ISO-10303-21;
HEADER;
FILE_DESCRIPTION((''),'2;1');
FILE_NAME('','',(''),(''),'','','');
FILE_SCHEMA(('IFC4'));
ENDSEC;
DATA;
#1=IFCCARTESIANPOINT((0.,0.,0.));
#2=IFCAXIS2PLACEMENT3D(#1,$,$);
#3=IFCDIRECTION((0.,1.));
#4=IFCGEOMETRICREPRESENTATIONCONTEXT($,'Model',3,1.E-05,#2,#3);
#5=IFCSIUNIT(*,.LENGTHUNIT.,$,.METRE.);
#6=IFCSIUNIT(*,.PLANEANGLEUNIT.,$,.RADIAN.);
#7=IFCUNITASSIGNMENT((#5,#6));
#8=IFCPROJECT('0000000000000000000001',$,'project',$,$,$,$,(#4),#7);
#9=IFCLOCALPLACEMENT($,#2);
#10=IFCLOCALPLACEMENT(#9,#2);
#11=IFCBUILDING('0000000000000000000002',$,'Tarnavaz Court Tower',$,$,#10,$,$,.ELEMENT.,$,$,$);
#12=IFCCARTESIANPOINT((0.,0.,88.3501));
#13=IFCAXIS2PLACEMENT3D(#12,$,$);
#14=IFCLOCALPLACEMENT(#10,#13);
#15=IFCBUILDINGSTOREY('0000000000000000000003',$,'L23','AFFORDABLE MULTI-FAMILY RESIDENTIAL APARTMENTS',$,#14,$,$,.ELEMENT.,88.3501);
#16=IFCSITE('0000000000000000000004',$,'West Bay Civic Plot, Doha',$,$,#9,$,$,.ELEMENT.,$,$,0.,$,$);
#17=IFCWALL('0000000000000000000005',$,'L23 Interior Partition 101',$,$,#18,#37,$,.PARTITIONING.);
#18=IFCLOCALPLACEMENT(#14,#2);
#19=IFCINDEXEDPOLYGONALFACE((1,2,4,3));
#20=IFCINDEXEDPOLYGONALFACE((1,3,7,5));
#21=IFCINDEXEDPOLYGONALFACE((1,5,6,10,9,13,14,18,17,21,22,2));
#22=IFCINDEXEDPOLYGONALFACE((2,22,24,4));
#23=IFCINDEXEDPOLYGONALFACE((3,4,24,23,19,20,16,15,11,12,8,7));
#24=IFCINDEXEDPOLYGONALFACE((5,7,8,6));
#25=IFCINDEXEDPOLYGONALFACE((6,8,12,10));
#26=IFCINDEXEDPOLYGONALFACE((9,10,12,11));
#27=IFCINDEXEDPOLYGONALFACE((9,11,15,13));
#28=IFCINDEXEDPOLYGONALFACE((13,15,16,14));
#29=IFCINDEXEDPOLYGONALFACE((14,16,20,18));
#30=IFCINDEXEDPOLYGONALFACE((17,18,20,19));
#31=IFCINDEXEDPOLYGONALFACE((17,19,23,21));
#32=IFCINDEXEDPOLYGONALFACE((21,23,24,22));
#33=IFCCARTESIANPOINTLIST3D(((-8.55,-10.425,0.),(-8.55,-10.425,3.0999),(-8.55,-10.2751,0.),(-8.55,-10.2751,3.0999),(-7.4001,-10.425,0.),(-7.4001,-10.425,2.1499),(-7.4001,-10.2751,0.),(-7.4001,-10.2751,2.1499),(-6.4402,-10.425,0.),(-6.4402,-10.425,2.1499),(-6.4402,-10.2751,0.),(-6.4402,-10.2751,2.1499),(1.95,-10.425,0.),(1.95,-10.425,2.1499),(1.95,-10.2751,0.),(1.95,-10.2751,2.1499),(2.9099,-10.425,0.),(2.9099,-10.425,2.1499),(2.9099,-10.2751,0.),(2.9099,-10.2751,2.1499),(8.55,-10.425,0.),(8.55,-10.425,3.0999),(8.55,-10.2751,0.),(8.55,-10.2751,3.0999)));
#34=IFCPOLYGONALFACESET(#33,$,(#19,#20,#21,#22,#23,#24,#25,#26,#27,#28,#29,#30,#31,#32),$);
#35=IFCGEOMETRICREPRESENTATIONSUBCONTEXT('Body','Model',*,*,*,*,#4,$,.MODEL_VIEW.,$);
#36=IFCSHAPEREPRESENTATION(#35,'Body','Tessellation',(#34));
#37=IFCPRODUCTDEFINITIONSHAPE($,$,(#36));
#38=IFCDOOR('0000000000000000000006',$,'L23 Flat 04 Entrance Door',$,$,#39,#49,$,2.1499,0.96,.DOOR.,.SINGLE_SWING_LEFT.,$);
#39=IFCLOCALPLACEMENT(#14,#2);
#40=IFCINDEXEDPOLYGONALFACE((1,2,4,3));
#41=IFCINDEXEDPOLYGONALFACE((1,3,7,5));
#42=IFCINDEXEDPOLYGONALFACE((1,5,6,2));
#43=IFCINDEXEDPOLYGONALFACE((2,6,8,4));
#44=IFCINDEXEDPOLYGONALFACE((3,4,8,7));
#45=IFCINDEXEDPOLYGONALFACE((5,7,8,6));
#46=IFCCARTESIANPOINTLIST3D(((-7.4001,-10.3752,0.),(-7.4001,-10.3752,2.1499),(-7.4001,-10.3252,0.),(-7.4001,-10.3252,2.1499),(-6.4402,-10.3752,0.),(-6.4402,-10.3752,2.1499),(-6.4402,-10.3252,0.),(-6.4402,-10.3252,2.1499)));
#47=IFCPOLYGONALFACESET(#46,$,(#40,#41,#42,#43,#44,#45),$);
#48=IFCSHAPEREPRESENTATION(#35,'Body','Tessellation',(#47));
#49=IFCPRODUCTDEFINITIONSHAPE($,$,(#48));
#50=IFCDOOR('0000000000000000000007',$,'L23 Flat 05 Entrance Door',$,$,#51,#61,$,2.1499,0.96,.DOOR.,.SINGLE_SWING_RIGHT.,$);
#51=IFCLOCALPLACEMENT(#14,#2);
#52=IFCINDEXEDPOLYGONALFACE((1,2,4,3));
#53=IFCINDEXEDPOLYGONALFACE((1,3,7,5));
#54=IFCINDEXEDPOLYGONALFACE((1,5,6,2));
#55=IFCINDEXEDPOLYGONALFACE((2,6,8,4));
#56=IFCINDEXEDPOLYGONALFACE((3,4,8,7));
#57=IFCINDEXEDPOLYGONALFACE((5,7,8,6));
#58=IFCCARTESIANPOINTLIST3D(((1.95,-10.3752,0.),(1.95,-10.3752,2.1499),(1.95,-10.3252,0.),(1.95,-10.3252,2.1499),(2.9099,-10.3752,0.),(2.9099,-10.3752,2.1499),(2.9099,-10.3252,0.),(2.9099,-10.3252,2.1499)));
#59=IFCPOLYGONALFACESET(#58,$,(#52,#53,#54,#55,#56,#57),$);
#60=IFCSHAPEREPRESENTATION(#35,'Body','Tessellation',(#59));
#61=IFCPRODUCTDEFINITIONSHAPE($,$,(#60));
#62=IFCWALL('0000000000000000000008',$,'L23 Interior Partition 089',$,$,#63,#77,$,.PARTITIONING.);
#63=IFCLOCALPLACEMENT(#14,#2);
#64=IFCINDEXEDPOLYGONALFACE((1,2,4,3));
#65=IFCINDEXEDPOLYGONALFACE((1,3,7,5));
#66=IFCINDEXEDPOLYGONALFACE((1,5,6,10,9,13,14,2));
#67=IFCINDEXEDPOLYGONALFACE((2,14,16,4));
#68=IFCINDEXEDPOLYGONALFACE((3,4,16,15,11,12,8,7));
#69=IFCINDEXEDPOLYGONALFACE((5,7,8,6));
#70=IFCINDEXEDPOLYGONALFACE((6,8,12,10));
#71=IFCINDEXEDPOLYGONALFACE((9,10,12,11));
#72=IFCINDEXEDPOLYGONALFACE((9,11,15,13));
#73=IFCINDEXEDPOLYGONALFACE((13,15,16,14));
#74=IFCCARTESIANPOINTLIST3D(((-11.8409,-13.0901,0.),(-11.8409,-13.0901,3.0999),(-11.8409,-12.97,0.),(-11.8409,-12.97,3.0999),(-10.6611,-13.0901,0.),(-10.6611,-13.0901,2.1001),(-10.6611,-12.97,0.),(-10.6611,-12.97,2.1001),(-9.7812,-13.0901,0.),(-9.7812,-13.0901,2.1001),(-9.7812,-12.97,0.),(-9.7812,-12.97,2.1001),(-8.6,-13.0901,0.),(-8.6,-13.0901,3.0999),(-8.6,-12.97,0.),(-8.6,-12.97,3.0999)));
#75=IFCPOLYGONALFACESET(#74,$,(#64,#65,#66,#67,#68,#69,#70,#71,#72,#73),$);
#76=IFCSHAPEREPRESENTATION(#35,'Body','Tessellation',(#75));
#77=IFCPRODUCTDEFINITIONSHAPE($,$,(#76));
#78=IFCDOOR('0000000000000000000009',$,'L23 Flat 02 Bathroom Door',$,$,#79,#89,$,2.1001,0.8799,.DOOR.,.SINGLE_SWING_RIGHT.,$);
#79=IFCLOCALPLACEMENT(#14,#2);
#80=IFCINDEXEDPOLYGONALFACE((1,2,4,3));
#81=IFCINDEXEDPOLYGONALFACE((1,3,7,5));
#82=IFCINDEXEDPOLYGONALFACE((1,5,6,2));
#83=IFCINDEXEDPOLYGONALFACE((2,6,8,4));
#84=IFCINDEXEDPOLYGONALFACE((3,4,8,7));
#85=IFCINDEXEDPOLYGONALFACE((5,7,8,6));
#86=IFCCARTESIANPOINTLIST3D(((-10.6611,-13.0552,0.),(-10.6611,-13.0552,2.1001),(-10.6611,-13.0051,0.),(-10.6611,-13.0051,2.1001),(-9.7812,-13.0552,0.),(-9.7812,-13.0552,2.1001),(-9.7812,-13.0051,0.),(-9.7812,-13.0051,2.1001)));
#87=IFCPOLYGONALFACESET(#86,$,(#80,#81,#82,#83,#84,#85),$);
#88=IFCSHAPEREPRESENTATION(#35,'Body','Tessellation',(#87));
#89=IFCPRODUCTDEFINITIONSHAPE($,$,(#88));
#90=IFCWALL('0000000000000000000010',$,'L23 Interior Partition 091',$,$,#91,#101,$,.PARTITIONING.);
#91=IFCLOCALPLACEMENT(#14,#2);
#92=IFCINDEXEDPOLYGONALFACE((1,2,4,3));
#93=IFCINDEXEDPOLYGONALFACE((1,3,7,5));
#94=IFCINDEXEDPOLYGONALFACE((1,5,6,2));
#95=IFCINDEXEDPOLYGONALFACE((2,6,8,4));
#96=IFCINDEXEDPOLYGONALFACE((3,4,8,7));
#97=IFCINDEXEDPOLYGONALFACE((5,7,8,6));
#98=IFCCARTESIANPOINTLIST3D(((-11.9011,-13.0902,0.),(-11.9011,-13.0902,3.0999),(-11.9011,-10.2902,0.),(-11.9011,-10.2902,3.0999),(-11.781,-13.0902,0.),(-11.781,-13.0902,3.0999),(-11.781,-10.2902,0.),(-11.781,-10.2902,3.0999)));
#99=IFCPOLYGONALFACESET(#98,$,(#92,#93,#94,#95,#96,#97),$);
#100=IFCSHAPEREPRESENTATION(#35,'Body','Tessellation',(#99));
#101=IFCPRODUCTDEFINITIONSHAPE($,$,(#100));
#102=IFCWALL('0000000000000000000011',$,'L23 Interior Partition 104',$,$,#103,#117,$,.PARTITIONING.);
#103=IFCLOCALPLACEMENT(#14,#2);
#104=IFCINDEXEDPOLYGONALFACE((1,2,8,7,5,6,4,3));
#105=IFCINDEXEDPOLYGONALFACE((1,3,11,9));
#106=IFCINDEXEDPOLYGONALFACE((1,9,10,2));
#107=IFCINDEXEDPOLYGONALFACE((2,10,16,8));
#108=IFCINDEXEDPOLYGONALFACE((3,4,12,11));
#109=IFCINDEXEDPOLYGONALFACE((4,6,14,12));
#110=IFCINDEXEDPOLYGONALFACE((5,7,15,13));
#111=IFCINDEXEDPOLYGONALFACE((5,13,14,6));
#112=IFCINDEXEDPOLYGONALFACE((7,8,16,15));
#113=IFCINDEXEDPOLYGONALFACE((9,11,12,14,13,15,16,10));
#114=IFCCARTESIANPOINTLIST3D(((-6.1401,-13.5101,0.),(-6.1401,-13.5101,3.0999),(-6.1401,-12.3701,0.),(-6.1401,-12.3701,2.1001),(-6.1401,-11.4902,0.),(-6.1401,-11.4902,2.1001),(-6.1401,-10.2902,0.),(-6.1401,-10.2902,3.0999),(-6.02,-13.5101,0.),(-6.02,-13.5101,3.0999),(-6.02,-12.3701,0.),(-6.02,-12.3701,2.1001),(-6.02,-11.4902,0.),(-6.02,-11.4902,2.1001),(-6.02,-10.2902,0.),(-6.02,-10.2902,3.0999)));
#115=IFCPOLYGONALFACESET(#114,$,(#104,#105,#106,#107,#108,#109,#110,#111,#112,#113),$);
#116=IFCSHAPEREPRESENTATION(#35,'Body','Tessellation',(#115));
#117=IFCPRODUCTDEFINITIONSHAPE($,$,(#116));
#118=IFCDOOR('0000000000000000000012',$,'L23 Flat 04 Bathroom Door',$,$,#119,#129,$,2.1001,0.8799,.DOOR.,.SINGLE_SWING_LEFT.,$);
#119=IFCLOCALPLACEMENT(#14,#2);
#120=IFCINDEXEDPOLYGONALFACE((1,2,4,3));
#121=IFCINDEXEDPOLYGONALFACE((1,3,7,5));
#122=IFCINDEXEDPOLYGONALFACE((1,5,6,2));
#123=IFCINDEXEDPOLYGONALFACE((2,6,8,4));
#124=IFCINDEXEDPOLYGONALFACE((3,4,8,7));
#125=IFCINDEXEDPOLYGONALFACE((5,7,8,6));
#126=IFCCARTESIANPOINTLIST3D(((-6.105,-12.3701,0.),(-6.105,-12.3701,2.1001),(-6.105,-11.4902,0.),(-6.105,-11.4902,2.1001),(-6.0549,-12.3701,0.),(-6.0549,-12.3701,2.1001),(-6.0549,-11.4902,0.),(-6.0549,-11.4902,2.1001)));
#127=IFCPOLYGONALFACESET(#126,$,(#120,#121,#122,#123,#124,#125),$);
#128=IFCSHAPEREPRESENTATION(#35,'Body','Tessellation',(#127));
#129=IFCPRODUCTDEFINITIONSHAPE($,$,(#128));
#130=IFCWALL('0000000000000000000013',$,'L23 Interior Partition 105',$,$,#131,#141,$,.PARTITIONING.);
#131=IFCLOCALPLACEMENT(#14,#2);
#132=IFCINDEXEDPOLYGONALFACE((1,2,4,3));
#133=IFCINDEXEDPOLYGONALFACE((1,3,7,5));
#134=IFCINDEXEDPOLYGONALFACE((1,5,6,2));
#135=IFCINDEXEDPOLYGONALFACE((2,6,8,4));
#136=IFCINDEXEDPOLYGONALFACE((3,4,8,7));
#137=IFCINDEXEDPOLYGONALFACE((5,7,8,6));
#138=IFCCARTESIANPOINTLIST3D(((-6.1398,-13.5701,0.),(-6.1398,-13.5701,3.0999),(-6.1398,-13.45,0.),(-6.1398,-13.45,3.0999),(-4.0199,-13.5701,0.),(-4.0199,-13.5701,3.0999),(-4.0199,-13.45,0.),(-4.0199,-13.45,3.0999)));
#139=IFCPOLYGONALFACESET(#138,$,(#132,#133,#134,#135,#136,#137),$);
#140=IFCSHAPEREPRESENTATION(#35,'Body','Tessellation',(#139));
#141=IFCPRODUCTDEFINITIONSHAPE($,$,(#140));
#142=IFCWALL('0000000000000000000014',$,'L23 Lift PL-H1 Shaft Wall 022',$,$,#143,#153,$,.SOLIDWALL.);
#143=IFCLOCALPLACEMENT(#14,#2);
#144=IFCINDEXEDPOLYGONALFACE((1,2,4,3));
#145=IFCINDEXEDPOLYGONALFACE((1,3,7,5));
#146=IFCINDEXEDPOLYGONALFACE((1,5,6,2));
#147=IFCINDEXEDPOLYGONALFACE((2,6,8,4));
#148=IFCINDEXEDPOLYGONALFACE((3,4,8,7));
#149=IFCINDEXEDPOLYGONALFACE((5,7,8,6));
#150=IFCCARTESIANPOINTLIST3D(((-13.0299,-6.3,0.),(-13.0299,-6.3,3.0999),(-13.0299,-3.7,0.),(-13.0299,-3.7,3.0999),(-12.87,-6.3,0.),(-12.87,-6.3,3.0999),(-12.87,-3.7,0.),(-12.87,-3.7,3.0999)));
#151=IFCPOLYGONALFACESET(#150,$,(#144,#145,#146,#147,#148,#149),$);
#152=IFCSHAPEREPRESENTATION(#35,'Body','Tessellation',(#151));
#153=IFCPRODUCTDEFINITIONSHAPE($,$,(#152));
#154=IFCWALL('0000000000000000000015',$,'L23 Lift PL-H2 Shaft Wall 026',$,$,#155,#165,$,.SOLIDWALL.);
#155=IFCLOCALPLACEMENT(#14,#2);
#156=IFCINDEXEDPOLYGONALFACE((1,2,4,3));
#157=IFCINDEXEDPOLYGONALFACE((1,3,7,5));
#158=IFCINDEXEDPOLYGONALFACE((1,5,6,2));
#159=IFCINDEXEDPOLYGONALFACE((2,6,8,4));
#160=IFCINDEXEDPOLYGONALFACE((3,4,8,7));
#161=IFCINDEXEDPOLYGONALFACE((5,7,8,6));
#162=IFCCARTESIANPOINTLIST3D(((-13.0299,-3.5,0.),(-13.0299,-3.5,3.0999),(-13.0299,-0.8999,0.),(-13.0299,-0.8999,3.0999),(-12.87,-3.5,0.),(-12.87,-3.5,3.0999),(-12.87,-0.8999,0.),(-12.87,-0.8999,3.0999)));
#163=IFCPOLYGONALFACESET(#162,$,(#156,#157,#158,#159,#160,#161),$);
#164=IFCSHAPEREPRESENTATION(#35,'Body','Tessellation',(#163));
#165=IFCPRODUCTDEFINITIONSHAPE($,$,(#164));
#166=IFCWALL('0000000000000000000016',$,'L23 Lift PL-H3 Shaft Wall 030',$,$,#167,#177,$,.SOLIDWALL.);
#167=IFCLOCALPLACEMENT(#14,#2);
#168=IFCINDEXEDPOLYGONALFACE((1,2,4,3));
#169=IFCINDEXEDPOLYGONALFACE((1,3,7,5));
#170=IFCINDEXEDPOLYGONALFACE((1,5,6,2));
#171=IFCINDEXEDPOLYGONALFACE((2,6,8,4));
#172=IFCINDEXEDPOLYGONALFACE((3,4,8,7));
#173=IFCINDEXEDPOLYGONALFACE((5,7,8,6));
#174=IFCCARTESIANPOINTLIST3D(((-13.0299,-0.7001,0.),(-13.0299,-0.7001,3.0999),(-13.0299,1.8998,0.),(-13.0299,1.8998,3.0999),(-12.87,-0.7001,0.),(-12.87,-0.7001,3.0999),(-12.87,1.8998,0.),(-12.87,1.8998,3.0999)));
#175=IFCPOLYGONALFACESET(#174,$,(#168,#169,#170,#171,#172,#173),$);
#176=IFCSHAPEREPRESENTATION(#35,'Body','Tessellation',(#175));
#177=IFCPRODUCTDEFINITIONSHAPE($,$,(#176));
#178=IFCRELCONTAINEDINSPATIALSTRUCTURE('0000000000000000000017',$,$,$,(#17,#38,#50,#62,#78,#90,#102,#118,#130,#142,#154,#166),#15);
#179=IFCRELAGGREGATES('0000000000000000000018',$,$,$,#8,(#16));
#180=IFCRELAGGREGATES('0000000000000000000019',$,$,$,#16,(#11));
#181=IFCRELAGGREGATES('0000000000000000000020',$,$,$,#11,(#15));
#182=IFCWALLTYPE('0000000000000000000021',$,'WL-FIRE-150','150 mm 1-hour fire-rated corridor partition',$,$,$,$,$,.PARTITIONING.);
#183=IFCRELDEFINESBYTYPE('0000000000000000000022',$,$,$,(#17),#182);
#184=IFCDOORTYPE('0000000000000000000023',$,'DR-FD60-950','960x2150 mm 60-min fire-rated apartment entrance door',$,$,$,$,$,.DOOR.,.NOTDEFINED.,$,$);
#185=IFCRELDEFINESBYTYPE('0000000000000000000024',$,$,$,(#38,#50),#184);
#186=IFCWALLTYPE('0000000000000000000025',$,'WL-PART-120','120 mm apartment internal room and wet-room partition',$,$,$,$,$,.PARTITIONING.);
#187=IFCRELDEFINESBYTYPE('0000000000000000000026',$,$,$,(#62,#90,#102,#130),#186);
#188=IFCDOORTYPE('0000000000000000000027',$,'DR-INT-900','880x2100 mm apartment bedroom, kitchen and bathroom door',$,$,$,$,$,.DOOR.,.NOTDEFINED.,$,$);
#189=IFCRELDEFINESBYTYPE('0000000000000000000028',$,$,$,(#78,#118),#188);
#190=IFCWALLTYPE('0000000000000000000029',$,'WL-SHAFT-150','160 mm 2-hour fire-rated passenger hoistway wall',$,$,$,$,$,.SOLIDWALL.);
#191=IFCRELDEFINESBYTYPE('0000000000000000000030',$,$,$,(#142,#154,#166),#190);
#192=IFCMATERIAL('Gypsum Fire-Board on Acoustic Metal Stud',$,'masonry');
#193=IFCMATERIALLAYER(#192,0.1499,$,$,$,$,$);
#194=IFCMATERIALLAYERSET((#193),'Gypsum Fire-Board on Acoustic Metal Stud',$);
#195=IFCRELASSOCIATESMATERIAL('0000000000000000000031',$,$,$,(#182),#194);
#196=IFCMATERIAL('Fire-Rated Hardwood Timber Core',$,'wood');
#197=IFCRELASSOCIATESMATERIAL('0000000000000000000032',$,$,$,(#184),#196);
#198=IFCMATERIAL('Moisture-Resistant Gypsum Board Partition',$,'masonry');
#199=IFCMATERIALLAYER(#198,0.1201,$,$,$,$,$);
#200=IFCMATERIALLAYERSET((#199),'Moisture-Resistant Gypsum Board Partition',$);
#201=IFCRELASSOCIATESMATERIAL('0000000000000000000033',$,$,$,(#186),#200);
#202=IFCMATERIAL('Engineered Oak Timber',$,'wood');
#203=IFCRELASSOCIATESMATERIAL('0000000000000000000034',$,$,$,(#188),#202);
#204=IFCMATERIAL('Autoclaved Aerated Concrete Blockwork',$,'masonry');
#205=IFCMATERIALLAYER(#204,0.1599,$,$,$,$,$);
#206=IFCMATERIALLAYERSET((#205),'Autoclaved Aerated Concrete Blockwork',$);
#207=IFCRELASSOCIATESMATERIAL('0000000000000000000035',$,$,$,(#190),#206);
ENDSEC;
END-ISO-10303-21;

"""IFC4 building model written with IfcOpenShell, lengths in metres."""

from ifc_helpers import new_model, si_unit, direction, frame, frame_2d, origin, place, context, subcontext, project, spatial, rectangle, extrude, material, layer, layer_set, type_object, element, fill, save


model = new_model("IFC4")

# Units and contexts
model_context = context("Model", 3, precision=1e-05, world=origin(), true_north=direction((0.0, 1.0)))
body_context = subcontext(model_context, "Body", "Model", "MODEL_VIEW")
ifc_project = project(units=[si_unit("LENGTHUNIT", "METRE"), si_unit("PLANEANGLEUNIT", "RADIAN")], contexts=[model_context])

# Site, building, storey
site_placement = place(None, origin())
site = spatial("IfcSite", under=ifc_project, at=site_placement, Name="West Bay Civic Plot, Doha", CompositionType="ELEMENT", RefElevation=0.0)
building_placement = place(site_placement, origin())
building = spatial("IfcBuilding", under=site, at=building_placement, Name="Tarnavaz Court Tower", CompositionType="ELEMENT")
storey_placement = place(building_placement, frame((0.0, 0.0, 88.3501)))
storey = spatial("IfcBuildingStorey", under=building, at=storey_placement, Name="L23", Description="AFFORDABLE MULTI-FAMILY RESIDENTIAL APARTMENTS", CompositionType="ELEMENT", Elevation=88.3501)

# Wall, openings, doors
ifc_material_1 = material(Name="Gypsum Fire-Board on Acoustic Metal Stud", Category="masonry")
ifc_layer_1 = layer(ifc_material_1, 0.1499)
ifc_layer_set_1 = layer_set([ifc_layer_1], Name="Gypsum Fire-Board on Acoustic Metal Stud")
wall_type_1 = type_object("IfcWallType", Name="WL-FIRE-150", Description="150 mm 1-hour fire-rated corridor partition", PredefinedType="PARTITIONING", material=ifc_layer_set_1)
wall_1_placement = place(storey_placement, frame((-8.55, -10.3501, 0.0), z_axis=(0.0, 0.0, 1.0), x_axis=(1.0, 0.0, 0.0)))
wall_1 = element("IfcWall", 1, at=wall_1_placement, inside=storey, type_object=wall_type_1, Name="L23 Interior Partition 101", PredefinedType="PARTITIONING", context=body_context, shape_type="SweptSolid", body=[
    extrude(rectangle(XDim=17.1001, YDim=0.1499, at=frame_2d((8.55, 0.0))), origin(), (0.0, 0.0, 1.0), 3.0999),
])
opening_1_placement = place(wall_1_placement, frame((1.1499, 0.0, 0.0)))
opening_1 = element("IfcOpeningElement", 2, at=opening_1_placement, cuts=wall_1, PredefinedType="OPENING", context=body_context, shape_type="SweptSolid", body=[
    extrude(rectangle(XDim=0.96, YDim=2.1499, at=frame_2d((0.48, 1.075))), frame((0.0, 0.085, 0.0), z_axis=(0.0, -1.0, 0.0), x_axis=(1.0, 0.0, 0.0)), (0.0, 0.0, 1.0), 0.1699),
])
opening_2_placement = place(wall_1_placement, frame((10.5, 0.0, 0.0)))
opening_2 = element("IfcOpeningElement", 3, at=opening_2_placement, cuts=wall_1, PredefinedType="OPENING", context=body_context, shape_type="SweptSolid", body=[
    extrude(rectangle(XDim=0.96, YDim=2.1499, at=frame_2d((0.48, 1.075))), frame((0.0, 0.085, 0.0), z_axis=(0.0, -1.0, 0.0), x_axis=(1.0, 0.0, 0.0)), (0.0, 0.0, 1.0), 0.1699),
])
ifc_material_2 = material(Name="Fire-Rated Hardwood Timber Core", Category="wood")
door_type_1 = type_object("IfcDoorType", Name="DR-FD60-950", Description="960x2150 mm 60-min fire-rated apartment entrance door", OperationType="NOTDEFINED", PredefinedType="DOOR", material=ifc_material_2)
door_1_placement = place(opening_1_placement, origin())
door_1 = element("IfcDoor", 4, at=door_1_placement, inside=storey, type_object=door_type_1, Name="L23 Flat 04 Entrance Door", OperationType="SINGLE_SWING_LEFT", OverallHeight=2.1499, OverallWidth=0.96, PredefinedType="DOOR", context=body_context, shape_type="SweptSolid", body=[
    extrude(rectangle(XDim=0.96, YDim=2.1499, at=frame_2d((0.48, 1.075))), frame((0.0, 0.0249, 0.0), z_axis=(0.0, -1.0, 0.0), x_axis=(1.0, 0.0, 0.0)), (0.0, 0.0, 1.0), 0.05),
])
fill(opening_1, door_1)
door_2_placement = place(opening_2_placement, origin())
door_2 = element("IfcDoor", 5, at=door_2_placement, inside=storey, type_object=door_type_1, Name="L23 Flat 05 Entrance Door", OperationType="SINGLE_SWING_RIGHT", OverallHeight=2.1499, OverallWidth=0.96, PredefinedType="DOOR", context=body_context, shape_type="SweptSolid", body=[
    extrude(rectangle(XDim=0.96, YDim=2.1499, at=frame_2d((0.48, 1.075))), frame((0.0, 0.0249, 0.0), z_axis=(0.0, -1.0, 0.0), x_axis=(1.0, 0.0, 0.0)), (0.0, 0.0, 1.0), 0.05),
])
fill(opening_2, door_2)

# Wall, opening, door
ifc_material_3 = material(Name="Moisture-Resistant Gypsum Board Partition", Category="masonry")
ifc_layer_2 = layer(ifc_material_3, 0.1201)
ifc_layer_set_2 = layer_set([ifc_layer_2], Name="Moisture-Resistant Gypsum Board Partition")
wall_type_2 = type_object("IfcWallType", Name="WL-PART-120", Description="120 mm apartment internal room and wet-room partition", PredefinedType="PARTITIONING", material=ifc_layer_set_2)
wall_2_placement = place(storey_placement, frame((-11.8411, -13.03, 0.0), z_axis=(0.0, 0.0, 1.0), x_axis=(1.0, 0.0, 0.0)))
wall_2 = element("IfcWall", 6, at=wall_2_placement, inside=storey, type_object=wall_type_2, Name="L23 Interior Partition 089", PredefinedType="PARTITIONING", context=body_context, shape_type="SweptSolid", body=[
    extrude(rectangle(XDim=3.241, YDim=0.1201, at=frame_2d((1.6206, 0.0))), origin(), (0.0, 0.0, 1.0), 3.0999),
])
opening_3_placement = place(wall_2_placement, frame((1.1799, 0.0, 0.0)))
opening_3 = element("IfcOpeningElement", 7, at=opening_3_placement, cuts=wall_2, PredefinedType="OPENING", context=body_context, shape_type="SweptSolid", body=[
    extrude(rectangle(XDim=0.8799, YDim=2.1001, at=frame_2d((0.4399, 1.05))), frame((0.0, 0.0701, 0.0), z_axis=(0.0, -1.0, 0.0), x_axis=(1.0, 0.0, 0.0)), (0.0, 0.0, 1.0), 0.1401),
])
ifc_material_4 = material(Name="Engineered Oak Timber", Category="wood")
door_type_2 = type_object("IfcDoorType", Name="DR-INT-900", Description="880x2100 mm apartment bedroom, kitchen and bathroom door", OperationType="NOTDEFINED", PredefinedType="DOOR", material=ifc_material_4)
door_3_placement = place(opening_3_placement, origin())
door_3 = element("IfcDoor", 8, at=door_3_placement, inside=storey, type_object=door_type_2, Name="L23 Flat 02 Bathroom Door", OperationType="SINGLE_SWING_RIGHT", OverallHeight=2.1001, OverallWidth=0.8799, PredefinedType="DOOR", context=body_context, shape_type="SweptSolid", body=[
    extrude(rectangle(XDim=0.8799, YDim=2.1001, at=frame_2d((0.4399, 1.05))), frame((0.0, 0.0249, 0.0), z_axis=(0.0, -1.0, 0.0), x_axis=(1.0, 0.0, 0.0)), (0.0, 0.0, 1.0), 0.05),
])
fill(opening_3, door_3)

# Wall
wall_3_placement = place(storey_placement, frame((-11.8411, -13.0901, 0.0), z_axis=(0.0, 0.0, 1.0), x_axis=(0.0, 1.0, 0.0)))
element("IfcWall", 9, at=wall_3_placement, inside=storey, type_object=wall_type_2, Name="L23 Interior Partition 091", PredefinedType="PARTITIONING", context=body_context, shape_type="SweptSolid", body=[
    extrude(rectangle(XDim=2.8, YDim=0.1201, at=frame_2d((1.3999, 0.0))), origin(), (0.0, 0.0, 1.0), 3.0999),
])

# Wall, opening, door
wall_4_placement = place(storey_placement, frame((-6.0801, -13.51, 0.0), z_axis=(0.0, 0.0, 1.0), x_axis=(0.0, 1.0, 0.0)))
wall_4 = element("IfcWall", 10, at=wall_4_placement, inside=storey, type_object=wall_type_2, Name="L23 Interior Partition 104", PredefinedType="PARTITIONING", context=body_context, shape_type="SweptSolid", body=[
    extrude(rectangle(XDim=3.22, YDim=0.1201, at=frame_2d((1.6099, 0.0))), origin(), (0.0, 0.0, 1.0), 3.0999),
])
opening_4_placement = place(wall_4_placement, frame((1.1399, 0.0, 0.0)))
opening_4 = element("IfcOpeningElement", 11, at=opening_4_placement, cuts=wall_4, PredefinedType="OPENING", context=body_context, shape_type="SweptSolid", body=[
    extrude(rectangle(XDim=0.8799, YDim=2.1001, at=frame_2d((0.4399, 1.05))), frame((0.0, 0.0701, 0.0), z_axis=(0.0, -1.0, 0.0), x_axis=(1.0, 0.0, 0.0)), (0.0, 0.0, 1.0), 0.1401),
])
door_4_placement = place(opening_4_placement, origin())
door_4 = element("IfcDoor", 12, at=door_4_placement, inside=storey, type_object=door_type_2, Name="L23 Flat 04 Bathroom Door", OperationType="SINGLE_SWING_LEFT", OverallHeight=2.1001, OverallWidth=0.8799, PredefinedType="DOOR", context=body_context, shape_type="SweptSolid", body=[
    extrude(rectangle(XDim=0.8799, YDim=2.1001, at=frame_2d((0.4399, 1.05))), frame((0.0, 0.0249, 0.0), z_axis=(0.0, -1.0, 0.0), x_axis=(1.0, 0.0, 0.0)), (0.0, 0.0, 1.0), 0.05),
])
fill(opening_4, door_4)

# Wall
wall_5_placement = place(storey_placement, frame((-6.1399, -13.51, 0.0), z_axis=(0.0, 0.0, 1.0), x_axis=(1.0, 0.0, 0.0)))
element("IfcWall", 13, at=wall_5_placement, inside=storey, type_object=wall_type_2, Name="L23 Interior Partition 105", PredefinedType="PARTITIONING", context=body_context, shape_type="SweptSolid", body=[
    extrude(rectangle(XDim=2.1199, YDim=0.1201, at=frame_2d((1.0601, 0.0))), origin(), (0.0, 0.0, 1.0), 3.0999),
])

# Walls
ifc_material_5 = material(Name="Autoclaved Aerated Concrete Blockwork", Category="masonry")
ifc_layer_3 = layer(ifc_material_5, 0.1599)
ifc_layer_set_3 = layer_set([ifc_layer_3], Name="Autoclaved Aerated Concrete Blockwork")
wall_type_3 = type_object("IfcWallType", Name="WL-SHAFT-150", Description="160 mm 2-hour fire-rated passenger hoistway wall", PredefinedType="SOLIDWALL", material=ifc_layer_set_3)
for number, where, z_axis, x_axis, name in (
    (14, (-12.95, -6.3, 0.0), (0.0, 0.0, 1.0), (0.0, 1.0, 0.0), "L23 Lift PL-H1 Shaft Wall 022"),
    (15, (-12.95, -3.5, 0.0), (0.0, 0.0, 1.0), (0.0, 1.0, 0.0), "L23 Lift PL-H2 Shaft Wall 026"),
):
    element("IfcWall", number, at=place(storey_placement, frame(where, z_axis=z_axis, x_axis=x_axis)), inside=storey, type_object=wall_type_3, Name=name, PredefinedType="SOLIDWALL", context=body_context, shape_type="SweptSolid", body=[
        extrude(rectangle(XDim=2.6001, YDim=0.1599, at=frame_2d((1.3, 0.0))), origin(), (0.0, 0.0, 1.0), 3.0999),
    ])
wall_6_placement = place(storey_placement, frame((-12.95, -0.7, 0.0), z_axis=(0.0, 0.0, 1.0), x_axis=(0.0, 1.0, 0.0)))
element("IfcWall", 16, at=wall_6_placement, inside=storey, type_object=wall_type_3, Name="L23 Lift PL-H3 Shaft Wall 030", PredefinedType="SOLIDWALL", context=body_context, shape_type="SweptSolid", body=[
    extrude(rectangle(XDim=2.5999, YDim=0.1599, at=frame_2d((1.2998, 0.0))), origin(), (0.0, 0.0, 1.0), 3.0999),
])

save(model, "model.ifc")
